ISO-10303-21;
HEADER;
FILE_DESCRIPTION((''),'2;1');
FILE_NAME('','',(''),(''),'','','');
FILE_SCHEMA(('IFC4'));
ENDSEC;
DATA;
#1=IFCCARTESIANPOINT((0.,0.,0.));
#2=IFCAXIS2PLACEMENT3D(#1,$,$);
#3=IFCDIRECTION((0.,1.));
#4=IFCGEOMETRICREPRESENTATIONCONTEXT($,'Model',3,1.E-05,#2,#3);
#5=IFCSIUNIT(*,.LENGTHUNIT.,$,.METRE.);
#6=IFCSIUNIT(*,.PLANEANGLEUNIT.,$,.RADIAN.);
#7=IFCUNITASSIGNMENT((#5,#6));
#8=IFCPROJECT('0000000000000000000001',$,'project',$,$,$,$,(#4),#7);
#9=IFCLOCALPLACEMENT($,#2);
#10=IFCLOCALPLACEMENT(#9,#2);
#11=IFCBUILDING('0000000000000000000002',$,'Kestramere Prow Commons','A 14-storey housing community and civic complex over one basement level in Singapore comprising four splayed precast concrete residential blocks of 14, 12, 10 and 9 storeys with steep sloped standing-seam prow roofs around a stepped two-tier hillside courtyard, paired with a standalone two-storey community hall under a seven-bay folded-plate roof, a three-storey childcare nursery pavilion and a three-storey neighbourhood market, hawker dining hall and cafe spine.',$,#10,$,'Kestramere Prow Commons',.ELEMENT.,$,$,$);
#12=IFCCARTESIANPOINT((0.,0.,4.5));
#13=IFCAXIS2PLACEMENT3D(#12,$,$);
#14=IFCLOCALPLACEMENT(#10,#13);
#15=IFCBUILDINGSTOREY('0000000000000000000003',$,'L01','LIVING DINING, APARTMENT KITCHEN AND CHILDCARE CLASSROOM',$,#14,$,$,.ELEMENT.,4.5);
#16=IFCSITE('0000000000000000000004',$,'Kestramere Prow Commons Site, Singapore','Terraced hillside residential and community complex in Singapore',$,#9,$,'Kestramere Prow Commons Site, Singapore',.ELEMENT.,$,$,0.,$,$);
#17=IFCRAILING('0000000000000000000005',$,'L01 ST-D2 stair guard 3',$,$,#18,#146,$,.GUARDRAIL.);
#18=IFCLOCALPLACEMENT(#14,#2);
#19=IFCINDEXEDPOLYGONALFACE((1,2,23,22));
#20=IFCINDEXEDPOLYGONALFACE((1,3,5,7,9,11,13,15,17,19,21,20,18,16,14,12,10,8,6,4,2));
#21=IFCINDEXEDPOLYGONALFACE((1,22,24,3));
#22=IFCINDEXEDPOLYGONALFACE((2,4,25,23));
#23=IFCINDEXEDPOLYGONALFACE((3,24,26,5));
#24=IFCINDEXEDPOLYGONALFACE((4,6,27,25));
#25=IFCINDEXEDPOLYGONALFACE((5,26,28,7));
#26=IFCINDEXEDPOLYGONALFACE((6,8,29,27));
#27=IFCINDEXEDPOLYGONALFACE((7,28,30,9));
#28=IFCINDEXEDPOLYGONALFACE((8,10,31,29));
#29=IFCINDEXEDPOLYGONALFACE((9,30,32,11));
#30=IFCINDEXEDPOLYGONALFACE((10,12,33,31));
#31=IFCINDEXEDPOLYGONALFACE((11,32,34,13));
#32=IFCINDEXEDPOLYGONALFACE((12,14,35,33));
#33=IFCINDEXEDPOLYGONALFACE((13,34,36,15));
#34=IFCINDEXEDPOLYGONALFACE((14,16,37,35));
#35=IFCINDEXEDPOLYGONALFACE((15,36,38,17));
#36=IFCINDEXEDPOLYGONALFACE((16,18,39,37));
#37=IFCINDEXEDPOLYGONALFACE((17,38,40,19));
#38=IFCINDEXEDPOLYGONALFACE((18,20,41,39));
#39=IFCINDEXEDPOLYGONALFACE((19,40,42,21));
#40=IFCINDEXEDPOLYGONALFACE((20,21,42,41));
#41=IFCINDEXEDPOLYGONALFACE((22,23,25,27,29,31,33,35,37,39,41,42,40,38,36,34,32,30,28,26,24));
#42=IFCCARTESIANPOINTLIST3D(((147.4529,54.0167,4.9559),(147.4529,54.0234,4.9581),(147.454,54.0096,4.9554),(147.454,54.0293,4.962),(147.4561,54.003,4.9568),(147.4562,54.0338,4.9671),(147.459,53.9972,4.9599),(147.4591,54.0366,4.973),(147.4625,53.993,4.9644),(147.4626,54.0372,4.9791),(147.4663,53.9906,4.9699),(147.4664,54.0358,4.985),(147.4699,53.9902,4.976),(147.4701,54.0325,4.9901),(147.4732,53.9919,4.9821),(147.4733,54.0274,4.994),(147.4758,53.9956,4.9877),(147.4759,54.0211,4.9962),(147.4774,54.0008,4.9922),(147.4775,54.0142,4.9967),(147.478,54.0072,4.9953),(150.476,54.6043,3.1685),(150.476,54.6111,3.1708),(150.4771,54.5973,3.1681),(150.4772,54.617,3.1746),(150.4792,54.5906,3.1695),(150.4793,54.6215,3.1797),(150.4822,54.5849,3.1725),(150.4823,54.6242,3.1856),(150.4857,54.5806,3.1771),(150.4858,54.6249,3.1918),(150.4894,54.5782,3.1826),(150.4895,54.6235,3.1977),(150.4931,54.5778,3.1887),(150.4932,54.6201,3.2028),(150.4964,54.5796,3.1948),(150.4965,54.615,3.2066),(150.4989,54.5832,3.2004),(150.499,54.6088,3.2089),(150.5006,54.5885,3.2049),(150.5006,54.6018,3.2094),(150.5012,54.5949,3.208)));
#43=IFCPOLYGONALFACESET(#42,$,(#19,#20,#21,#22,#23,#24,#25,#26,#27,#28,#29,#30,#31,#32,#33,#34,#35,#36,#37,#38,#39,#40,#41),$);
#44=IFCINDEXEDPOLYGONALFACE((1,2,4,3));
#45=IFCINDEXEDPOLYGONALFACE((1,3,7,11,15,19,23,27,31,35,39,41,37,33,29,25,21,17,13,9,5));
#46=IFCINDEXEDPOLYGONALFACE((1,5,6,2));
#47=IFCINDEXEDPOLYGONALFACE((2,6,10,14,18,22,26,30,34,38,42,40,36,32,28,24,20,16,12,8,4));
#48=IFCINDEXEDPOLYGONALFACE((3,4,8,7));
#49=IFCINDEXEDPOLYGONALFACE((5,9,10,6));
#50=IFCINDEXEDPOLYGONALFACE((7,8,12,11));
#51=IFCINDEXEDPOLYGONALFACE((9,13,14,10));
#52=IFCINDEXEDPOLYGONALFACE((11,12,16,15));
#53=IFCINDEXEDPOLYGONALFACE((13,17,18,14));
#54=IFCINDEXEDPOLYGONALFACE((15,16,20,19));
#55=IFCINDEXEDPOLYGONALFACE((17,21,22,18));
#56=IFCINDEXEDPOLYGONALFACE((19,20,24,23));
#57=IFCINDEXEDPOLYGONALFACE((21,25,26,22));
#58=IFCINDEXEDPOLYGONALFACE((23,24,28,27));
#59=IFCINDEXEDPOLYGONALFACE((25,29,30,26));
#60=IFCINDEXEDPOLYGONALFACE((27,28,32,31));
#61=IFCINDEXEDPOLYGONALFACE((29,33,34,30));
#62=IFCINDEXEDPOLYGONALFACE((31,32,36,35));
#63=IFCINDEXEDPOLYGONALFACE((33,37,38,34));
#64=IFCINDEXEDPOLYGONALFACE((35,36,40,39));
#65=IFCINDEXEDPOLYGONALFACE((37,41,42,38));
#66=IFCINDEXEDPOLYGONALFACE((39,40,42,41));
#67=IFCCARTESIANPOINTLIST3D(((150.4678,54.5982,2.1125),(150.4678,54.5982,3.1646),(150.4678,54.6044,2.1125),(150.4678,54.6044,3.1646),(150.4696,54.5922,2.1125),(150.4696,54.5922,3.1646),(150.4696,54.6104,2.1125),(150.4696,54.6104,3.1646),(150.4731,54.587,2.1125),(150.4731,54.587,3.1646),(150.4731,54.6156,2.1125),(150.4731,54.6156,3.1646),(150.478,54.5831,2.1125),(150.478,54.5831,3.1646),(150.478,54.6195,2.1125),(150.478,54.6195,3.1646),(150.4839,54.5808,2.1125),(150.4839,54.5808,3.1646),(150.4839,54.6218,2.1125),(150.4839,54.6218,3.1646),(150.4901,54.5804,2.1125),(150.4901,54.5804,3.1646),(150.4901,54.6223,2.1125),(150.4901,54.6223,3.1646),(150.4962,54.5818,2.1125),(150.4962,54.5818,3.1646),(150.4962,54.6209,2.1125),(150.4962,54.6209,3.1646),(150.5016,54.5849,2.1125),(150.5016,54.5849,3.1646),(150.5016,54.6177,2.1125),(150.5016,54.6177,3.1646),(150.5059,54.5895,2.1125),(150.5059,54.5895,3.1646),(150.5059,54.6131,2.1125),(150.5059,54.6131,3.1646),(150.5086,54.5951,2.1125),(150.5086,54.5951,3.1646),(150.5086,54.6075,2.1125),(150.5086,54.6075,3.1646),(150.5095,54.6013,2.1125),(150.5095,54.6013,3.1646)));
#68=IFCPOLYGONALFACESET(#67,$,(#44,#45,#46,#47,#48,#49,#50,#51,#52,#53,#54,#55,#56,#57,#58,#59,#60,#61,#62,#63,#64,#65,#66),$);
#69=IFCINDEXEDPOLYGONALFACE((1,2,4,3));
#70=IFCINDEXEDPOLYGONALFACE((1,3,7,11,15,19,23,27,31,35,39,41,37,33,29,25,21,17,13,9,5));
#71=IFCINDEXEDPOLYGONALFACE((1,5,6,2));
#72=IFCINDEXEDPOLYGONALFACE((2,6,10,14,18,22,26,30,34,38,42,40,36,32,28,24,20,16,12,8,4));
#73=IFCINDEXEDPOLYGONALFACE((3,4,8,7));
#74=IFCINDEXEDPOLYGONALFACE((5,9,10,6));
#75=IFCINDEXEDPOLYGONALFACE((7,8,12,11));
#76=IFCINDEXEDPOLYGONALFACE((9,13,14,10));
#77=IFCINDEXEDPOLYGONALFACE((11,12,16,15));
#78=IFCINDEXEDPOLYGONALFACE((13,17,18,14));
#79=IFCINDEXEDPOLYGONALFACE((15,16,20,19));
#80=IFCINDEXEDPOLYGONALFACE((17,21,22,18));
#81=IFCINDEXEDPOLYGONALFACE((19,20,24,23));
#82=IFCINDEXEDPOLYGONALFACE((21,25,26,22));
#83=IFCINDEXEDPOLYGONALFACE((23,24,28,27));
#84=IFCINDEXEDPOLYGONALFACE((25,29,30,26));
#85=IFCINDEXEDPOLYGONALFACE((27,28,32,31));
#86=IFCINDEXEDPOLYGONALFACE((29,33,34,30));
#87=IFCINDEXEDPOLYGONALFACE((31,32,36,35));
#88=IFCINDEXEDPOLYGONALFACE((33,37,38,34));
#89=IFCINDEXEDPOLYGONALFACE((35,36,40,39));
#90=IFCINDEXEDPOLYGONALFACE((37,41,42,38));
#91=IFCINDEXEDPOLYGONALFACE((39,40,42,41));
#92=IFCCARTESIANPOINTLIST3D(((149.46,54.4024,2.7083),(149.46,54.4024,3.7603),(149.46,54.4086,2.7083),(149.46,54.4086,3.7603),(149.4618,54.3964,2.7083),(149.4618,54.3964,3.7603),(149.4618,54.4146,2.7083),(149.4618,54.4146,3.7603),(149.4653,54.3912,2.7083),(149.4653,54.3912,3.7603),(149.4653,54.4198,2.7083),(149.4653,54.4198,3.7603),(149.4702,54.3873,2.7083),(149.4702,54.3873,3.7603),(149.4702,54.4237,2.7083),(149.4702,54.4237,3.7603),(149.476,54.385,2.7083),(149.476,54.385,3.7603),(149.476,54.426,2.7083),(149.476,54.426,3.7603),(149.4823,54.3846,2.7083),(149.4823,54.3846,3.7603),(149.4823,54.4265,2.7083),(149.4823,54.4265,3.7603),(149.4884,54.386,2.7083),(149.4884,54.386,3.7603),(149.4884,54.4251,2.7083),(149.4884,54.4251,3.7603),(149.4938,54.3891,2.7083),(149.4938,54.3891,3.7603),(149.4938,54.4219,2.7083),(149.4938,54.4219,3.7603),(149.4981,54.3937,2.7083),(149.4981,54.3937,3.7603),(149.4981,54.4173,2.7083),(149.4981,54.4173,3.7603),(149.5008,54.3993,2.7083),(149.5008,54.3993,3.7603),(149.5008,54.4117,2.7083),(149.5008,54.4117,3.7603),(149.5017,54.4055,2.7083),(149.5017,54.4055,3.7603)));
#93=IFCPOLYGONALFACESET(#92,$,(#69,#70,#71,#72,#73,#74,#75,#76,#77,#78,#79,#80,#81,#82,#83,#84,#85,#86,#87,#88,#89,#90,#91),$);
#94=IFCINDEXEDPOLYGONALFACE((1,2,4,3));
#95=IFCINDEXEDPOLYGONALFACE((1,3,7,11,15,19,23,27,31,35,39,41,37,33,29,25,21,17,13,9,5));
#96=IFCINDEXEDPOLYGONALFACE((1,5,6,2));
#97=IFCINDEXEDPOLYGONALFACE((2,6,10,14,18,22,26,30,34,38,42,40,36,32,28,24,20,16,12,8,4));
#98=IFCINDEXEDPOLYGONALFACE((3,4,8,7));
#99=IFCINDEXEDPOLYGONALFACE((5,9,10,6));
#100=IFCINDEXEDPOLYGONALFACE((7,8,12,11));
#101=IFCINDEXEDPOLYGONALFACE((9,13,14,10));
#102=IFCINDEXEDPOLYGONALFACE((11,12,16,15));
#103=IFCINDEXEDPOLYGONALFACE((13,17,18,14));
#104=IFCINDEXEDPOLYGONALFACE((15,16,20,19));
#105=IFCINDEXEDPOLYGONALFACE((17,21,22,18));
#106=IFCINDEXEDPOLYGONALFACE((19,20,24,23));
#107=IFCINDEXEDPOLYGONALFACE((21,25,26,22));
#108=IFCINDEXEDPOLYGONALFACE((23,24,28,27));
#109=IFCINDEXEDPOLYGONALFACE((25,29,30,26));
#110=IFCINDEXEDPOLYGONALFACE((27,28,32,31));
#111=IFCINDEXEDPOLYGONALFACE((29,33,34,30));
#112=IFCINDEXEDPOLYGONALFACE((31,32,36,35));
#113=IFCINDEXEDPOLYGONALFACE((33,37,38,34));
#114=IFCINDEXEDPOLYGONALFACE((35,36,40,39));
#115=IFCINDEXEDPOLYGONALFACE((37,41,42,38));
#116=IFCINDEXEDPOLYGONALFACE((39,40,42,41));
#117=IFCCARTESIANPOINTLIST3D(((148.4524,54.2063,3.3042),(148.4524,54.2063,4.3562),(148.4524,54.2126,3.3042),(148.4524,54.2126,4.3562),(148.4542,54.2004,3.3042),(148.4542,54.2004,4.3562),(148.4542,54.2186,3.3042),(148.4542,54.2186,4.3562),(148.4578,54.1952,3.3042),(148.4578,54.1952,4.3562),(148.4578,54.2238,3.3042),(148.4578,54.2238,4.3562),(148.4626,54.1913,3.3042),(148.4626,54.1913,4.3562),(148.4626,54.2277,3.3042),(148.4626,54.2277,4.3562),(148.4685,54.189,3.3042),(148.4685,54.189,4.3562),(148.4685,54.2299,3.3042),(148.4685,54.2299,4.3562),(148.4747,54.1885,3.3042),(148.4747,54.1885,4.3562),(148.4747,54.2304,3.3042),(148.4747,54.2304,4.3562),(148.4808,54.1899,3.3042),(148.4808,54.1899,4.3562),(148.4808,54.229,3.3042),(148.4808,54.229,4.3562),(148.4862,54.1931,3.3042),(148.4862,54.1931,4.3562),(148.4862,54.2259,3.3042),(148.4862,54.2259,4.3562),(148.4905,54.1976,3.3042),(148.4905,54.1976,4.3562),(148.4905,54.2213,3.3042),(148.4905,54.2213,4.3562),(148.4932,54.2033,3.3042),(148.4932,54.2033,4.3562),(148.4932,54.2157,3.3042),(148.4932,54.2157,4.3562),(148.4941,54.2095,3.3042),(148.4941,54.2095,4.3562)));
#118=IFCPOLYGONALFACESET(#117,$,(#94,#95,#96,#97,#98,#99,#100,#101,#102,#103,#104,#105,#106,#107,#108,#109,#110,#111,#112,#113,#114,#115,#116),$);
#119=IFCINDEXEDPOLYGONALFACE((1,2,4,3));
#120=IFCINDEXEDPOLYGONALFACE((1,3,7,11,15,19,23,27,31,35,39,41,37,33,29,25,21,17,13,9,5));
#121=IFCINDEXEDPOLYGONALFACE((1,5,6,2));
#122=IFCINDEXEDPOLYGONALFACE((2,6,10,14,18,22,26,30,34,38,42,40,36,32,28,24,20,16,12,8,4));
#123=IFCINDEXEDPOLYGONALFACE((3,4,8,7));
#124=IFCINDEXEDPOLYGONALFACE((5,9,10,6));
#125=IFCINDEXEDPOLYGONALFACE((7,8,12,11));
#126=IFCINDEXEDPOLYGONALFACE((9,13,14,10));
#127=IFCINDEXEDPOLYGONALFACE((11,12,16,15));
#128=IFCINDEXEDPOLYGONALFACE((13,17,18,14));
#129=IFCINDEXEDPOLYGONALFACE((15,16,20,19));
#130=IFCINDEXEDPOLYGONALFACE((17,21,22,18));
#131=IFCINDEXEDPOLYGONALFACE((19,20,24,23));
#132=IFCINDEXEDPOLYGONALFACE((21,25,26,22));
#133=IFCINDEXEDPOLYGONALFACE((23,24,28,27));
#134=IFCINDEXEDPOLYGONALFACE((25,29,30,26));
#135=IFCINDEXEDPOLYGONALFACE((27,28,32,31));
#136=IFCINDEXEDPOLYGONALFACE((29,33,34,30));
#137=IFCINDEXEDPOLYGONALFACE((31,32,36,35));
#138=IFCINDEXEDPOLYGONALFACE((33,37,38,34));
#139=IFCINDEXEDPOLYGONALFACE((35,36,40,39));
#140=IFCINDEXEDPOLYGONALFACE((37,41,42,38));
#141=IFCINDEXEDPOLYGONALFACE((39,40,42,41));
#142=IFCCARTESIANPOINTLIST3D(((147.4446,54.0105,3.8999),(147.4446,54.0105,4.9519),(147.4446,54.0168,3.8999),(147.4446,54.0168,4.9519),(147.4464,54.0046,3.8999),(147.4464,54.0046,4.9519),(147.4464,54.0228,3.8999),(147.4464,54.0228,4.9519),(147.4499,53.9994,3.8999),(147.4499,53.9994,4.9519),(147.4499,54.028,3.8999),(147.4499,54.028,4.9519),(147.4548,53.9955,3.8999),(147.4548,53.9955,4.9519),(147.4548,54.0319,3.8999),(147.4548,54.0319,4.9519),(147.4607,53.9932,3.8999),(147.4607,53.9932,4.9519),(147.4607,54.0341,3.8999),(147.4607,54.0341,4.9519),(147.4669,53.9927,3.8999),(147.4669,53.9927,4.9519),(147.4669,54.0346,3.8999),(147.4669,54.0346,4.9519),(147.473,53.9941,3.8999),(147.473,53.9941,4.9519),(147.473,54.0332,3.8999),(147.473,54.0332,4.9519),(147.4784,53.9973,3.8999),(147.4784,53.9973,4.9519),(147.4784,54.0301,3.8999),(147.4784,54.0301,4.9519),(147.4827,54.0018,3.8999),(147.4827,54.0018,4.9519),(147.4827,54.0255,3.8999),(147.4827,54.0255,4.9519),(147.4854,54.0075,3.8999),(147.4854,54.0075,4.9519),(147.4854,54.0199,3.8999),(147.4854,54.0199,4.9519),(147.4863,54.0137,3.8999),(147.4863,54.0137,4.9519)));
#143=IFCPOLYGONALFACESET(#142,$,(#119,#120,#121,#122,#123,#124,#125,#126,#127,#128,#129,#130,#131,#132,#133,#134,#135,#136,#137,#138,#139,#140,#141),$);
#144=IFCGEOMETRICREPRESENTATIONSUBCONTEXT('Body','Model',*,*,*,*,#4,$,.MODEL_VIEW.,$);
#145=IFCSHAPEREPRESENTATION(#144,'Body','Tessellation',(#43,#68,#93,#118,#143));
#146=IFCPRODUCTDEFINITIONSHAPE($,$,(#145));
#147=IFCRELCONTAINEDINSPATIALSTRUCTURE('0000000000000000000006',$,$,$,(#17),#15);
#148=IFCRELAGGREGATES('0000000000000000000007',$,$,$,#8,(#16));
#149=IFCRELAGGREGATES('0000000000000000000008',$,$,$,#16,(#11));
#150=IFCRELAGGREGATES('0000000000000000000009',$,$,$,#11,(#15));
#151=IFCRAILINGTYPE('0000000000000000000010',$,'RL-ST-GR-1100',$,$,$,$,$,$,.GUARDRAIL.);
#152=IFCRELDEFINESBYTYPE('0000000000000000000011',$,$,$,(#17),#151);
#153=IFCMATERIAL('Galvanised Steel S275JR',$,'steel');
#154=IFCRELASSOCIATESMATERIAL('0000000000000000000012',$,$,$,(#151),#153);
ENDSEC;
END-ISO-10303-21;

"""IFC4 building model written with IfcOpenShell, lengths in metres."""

from ifc_helpers import new_model, si_unit, direction, frame, origin, origin_2d, place, context, subcontext, project, spatial, circle, extrude, material, type_object, element, save


model = new_model("IFC4")

# Units and contexts
model_context = context("Model", 3, precision=1e-05, world=origin(), true_north=direction((0.0, 1.0)))
body_context = subcontext(model_context, "Body", "Model", "MODEL_VIEW")
ifc_project = project(units=[si_unit("LENGTHUNIT", "METRE"), si_unit("PLANEANGLEUNIT", "RADIAN")], contexts=[model_context])

# Site, building, storey
site_placement = place(None, origin())
site = spatial("IfcSite", under=ifc_project, at=site_placement, Name="Kestramere Prow Commons Site, Singapore", Description="Terraced hillside residential and community complex in Singapore", LongName="Kestramere Prow Commons Site, Singapore", CompositionType="ELEMENT", RefElevation=0.0)
building_placement = place(site_placement, origin())
building = spatial("IfcBuilding", under=site, at=building_placement, Name="Kestramere Prow Commons", Description="A 14-storey housing community and civic complex over one basement level in Singapore comprising four splayed precast concrete residential blocks of 14, 12, 10 and 9 storeys with steep sloped standing-seam prow roofs around a stepped two-tier hillside courtyard, paired with a standalone two-storey community hall under a seven-bay folded-plate roof, a three-storey childcare nursery pavilion and a three-storey neighbourhood market, hawker dining hall and cafe spine.", LongName="Kestramere Prow Commons", CompositionType="ELEMENT")
storey_placement = place(building_placement, frame((0.0, 0.0, 4.5)))
storey = spatial("IfcBuildingStorey", under=building, at=storey_placement, Name="L01", Description="LIVING DINING, APARTMENT KITCHEN AND CHILDCARE CLASSROOM", CompositionType="ELEMENT", Elevation=4.5)

# Railing
ifc_material_1 = material(Name="Galvanised Steel S275JR", Category="steel")
railing_type_1 = type_object("IfcRailingType", Name="RL-ST-GR-1100", PredefinedType="GUARDRAIL", material=ifc_material_1)
railing_1_placement = place(storey_placement, frame((150.4885, 54.6013, 2.1125)))
element("IfcRailing", 1, at=railing_1_placement, inside=storey, type_object=railing_type_1, Name="L01 ST-D2 stair guard 3", PredefinedType="GUARDRAIL", context=body_context, shape_type="SweptSolid", body=[
    extrude(circle(Radius=0.0239, at=origin_2d()), frame((0.0, 0.0, 1.0762), z_axis=(-0.849009, -0.16503, 0.501946), x_axis=(0.190808, -0.981627, 0.0)), (0.0, 0.0, 1.0), 3.5608),
    extrude(circle(Radius=0.021, at=origin_2d()), origin(), (0.0, 0.0, 1.0), 1.052),
    extrude(circle(Radius=0.021, at=origin_2d()), frame((-1.0078, -0.1958, 0.5957)), (0.0, 0.0, 1.0), 1.052),
    extrude(circle(Radius=0.021, at=origin_2d()), frame((-2.0154, -0.3918, 1.1917)), (0.0, 0.0, 1.0), 1.052),
    extrude(circle(Radius=0.021, at=origin_2d()), frame((-3.0232, -0.5876, 1.7874)), (0.0, 0.0, 1.0), 1.052),
])

save(model, "model.ifc")
